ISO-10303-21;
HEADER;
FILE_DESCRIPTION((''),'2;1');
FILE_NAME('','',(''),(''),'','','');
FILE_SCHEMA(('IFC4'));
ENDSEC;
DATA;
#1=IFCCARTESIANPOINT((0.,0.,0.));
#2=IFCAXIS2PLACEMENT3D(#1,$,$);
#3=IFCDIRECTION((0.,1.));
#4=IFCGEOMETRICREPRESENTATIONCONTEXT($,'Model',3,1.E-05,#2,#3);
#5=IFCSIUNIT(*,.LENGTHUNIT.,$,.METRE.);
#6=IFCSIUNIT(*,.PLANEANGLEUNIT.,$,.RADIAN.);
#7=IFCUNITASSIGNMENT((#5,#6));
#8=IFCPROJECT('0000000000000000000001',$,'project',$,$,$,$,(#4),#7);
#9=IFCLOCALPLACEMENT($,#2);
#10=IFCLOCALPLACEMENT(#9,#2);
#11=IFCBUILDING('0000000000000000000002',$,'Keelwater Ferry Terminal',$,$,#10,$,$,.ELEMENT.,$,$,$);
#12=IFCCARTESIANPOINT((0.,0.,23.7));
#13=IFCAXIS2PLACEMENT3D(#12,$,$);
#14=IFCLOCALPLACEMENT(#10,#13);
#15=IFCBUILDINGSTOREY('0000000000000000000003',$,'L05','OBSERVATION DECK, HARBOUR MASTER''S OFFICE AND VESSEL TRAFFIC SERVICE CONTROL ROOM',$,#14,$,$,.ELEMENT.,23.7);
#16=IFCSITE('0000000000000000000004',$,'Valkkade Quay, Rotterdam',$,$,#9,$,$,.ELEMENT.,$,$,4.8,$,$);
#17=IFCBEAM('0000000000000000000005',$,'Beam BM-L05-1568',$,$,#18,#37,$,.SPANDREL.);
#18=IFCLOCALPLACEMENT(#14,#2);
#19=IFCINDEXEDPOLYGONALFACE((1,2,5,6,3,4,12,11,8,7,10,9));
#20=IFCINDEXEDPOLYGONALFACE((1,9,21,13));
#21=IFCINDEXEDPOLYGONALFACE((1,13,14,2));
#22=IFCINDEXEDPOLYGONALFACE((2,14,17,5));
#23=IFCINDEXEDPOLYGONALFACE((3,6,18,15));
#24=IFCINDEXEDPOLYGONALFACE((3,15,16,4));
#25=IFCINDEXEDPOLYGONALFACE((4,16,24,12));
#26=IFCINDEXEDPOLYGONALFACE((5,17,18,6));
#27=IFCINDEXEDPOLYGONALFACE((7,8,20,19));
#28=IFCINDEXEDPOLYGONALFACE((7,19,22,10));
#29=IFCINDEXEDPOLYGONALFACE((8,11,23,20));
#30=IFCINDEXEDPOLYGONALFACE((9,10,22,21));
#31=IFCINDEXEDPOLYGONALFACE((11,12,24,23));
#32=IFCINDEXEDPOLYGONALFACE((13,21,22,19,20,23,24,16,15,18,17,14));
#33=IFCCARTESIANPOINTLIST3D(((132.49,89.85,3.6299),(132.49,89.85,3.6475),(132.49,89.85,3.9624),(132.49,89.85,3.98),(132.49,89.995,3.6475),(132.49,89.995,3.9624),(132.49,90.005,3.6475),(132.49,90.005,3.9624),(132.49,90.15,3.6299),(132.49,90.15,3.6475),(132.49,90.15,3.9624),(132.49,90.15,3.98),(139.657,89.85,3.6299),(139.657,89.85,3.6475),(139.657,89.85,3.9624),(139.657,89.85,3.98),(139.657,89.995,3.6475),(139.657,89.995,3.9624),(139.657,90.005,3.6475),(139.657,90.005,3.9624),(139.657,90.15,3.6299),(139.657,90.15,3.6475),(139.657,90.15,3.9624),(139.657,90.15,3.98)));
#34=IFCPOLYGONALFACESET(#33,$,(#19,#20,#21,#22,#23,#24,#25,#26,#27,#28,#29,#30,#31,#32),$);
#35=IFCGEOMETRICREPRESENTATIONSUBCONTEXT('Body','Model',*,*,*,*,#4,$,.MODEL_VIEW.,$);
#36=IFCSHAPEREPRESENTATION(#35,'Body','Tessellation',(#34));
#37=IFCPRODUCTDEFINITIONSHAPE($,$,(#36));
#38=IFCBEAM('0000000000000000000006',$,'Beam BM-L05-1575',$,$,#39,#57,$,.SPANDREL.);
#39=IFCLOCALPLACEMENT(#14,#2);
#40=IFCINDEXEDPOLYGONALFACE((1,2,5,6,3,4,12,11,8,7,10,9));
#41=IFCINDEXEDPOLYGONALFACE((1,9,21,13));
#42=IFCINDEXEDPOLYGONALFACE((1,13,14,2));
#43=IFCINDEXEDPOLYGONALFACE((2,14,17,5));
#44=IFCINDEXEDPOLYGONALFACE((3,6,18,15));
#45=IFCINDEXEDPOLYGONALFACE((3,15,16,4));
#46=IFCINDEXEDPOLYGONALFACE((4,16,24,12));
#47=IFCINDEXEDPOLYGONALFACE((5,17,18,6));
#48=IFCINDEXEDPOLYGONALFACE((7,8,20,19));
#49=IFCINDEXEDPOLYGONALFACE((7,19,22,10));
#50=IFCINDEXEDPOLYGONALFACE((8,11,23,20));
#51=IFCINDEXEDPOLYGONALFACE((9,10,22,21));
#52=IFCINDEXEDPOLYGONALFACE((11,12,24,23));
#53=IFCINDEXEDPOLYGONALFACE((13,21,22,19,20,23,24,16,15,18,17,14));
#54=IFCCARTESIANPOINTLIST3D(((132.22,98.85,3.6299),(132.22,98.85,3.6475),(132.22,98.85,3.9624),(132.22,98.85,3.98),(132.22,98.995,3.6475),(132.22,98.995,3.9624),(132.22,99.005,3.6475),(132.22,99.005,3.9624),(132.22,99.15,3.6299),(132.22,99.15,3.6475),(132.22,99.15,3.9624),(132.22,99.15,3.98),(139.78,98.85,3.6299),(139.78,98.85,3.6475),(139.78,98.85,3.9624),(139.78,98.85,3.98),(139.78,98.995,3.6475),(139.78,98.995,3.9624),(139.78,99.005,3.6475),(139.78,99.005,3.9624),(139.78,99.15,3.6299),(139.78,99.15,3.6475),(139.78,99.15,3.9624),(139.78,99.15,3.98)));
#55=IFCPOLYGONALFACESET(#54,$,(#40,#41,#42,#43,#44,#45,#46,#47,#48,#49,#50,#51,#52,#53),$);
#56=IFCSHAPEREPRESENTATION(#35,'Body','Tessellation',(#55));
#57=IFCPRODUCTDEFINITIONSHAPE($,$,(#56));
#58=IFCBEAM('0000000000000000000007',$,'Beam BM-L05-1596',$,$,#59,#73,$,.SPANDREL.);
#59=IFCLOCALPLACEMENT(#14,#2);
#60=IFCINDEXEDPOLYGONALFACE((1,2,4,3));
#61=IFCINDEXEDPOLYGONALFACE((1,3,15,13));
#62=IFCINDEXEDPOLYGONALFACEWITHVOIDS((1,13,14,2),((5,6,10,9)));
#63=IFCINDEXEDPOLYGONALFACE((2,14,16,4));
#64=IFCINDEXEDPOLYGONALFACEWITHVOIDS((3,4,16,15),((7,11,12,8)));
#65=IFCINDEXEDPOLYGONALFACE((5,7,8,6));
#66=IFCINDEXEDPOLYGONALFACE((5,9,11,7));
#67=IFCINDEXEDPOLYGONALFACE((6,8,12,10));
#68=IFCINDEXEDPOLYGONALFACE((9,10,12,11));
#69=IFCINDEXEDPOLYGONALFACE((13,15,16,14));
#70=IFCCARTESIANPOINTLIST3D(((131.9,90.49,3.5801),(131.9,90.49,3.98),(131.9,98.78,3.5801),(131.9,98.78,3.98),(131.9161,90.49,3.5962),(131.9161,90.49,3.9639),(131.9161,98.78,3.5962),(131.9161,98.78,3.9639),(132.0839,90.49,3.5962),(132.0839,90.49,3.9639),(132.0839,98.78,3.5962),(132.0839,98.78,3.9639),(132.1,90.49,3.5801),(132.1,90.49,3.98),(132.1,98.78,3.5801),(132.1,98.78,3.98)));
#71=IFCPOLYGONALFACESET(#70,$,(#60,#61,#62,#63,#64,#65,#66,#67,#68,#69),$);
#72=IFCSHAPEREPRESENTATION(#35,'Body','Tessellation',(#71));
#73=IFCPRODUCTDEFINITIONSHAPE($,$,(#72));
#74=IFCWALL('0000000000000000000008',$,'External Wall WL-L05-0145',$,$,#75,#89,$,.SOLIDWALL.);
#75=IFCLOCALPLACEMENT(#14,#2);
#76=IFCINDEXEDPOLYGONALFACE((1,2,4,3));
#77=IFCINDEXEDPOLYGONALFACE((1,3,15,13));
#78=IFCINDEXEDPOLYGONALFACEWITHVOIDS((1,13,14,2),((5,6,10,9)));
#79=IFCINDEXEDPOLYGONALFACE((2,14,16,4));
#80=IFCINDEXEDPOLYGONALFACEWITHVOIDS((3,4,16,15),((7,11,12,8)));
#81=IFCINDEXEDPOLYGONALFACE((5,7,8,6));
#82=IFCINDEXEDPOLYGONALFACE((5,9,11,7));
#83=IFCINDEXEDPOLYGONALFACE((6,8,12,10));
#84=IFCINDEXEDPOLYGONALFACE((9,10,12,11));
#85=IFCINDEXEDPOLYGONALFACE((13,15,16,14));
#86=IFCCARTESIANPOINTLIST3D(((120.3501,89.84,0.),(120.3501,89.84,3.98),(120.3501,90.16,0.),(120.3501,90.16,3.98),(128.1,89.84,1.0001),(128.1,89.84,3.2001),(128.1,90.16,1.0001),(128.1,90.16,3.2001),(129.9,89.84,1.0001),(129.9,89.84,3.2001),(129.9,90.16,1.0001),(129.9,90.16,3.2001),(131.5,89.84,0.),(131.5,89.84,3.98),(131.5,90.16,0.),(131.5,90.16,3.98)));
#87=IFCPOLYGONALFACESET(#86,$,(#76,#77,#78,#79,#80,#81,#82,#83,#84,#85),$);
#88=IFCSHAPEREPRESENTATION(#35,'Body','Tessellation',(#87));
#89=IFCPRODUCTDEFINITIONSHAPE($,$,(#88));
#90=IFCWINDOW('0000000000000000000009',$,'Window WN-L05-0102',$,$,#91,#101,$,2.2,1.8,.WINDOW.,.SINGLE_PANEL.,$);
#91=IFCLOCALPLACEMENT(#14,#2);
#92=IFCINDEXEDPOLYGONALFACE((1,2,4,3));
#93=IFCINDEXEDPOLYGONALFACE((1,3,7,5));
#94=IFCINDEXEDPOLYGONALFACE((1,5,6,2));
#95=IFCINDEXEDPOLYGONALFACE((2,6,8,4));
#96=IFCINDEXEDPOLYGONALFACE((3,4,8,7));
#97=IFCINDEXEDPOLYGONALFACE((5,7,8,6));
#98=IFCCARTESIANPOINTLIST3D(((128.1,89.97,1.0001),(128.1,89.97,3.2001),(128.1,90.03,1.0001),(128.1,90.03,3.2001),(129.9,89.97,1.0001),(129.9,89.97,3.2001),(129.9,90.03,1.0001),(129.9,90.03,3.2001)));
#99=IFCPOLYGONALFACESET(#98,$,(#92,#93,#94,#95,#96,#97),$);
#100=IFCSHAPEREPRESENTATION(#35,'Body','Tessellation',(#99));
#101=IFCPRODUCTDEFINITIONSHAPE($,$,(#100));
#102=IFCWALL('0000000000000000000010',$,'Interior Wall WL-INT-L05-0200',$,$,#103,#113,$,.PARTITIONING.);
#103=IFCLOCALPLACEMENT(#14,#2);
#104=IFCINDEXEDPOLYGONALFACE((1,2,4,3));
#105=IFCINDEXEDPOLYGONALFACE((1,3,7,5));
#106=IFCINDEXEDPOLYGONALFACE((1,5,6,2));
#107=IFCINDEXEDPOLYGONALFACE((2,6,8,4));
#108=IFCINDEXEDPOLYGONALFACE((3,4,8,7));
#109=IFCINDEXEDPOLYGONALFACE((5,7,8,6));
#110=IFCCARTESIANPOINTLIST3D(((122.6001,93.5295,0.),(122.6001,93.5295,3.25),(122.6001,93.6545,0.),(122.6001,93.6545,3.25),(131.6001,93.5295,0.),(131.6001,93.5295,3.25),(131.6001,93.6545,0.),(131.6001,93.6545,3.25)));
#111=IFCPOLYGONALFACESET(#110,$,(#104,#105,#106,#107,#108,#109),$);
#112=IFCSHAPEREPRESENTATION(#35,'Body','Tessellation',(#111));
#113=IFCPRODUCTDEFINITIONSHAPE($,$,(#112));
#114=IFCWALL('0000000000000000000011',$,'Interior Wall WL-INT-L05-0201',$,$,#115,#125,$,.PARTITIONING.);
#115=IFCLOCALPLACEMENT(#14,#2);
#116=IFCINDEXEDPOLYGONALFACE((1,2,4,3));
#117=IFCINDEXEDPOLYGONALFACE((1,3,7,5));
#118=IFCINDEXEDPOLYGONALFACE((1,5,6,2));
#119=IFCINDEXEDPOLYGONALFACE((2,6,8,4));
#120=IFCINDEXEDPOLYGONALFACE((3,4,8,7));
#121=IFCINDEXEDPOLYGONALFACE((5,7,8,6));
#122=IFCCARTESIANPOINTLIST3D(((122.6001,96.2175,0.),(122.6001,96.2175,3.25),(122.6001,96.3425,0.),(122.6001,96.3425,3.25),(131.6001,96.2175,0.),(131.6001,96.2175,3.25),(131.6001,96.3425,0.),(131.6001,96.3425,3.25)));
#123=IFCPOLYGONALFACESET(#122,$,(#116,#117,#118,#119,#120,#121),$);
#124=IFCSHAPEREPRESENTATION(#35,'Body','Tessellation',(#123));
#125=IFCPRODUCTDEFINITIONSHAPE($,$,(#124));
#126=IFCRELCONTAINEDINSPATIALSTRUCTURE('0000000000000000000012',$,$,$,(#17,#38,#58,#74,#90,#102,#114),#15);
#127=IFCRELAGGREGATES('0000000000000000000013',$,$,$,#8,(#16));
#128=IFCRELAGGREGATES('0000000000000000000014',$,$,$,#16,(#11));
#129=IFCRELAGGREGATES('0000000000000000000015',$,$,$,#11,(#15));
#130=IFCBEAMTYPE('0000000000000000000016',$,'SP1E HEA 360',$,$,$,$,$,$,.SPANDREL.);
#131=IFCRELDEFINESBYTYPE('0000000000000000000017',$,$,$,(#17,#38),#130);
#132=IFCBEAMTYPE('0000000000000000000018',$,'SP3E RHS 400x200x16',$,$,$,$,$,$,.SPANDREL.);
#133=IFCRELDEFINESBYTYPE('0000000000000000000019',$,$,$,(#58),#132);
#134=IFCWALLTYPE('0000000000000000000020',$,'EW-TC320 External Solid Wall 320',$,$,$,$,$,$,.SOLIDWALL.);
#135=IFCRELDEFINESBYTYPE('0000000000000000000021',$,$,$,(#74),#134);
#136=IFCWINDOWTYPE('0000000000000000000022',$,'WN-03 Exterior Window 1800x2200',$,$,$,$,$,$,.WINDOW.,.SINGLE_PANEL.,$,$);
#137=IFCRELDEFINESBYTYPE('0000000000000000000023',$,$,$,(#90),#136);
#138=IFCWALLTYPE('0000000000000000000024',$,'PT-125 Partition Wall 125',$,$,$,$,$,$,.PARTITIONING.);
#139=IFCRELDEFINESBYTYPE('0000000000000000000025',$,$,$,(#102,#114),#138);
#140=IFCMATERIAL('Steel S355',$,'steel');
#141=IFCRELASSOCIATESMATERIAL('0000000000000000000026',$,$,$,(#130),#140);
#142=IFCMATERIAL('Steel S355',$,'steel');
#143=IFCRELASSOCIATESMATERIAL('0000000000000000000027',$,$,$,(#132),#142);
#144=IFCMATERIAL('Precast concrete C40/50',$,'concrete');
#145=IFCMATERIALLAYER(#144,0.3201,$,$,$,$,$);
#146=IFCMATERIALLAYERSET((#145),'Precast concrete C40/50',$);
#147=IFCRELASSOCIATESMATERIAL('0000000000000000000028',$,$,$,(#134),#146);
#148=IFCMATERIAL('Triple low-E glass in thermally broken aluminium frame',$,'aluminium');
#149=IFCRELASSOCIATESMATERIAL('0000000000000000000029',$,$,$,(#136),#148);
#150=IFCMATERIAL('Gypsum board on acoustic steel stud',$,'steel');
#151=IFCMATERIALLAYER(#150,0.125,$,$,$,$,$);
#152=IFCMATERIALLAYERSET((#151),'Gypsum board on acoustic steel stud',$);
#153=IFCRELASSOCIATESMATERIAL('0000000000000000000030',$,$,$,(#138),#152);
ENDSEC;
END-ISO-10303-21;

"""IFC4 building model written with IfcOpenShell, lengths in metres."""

from ifc_helpers import new_model, si_unit, direction, frame, frame_2d, origin, origin_2d, place, context, subcontext, project, spatial, rectangle, hollow_rectangle, i_section, extrude, material, layer, layer_set, material_profile, profile_set, type_object, element, fill, save


model = new_model("IFC4")

# Units and contexts
model_context = context("Model", 3, precision=1e-05, world=origin(), true_north=direction((0.0, 1.0)))
body_context = subcontext(model_context, "Body", "Model", "MODEL_VIEW")
ifc_project = project(units=[si_unit("LENGTHUNIT", "METRE"), si_unit("PLANEANGLEUNIT", "RADIAN")], contexts=[model_context])

# Site, building, storey
site_placement = place(None, origin())
site = spatial("IfcSite", under=ifc_project, at=site_placement, Name="Valkkade Quay, Rotterdam", CompositionType="ELEMENT", RefElevation=4.8)
building_placement = place(site_placement, origin())
building = spatial("IfcBuilding", under=site, at=building_placement, Name="Keelwater Ferry Terminal", CompositionType="ELEMENT")
storey_placement = place(building_placement, frame((0.0, 0.0, 23.7)))
storey = spatial("IfcBuildingStorey", under=building, at=storey_placement, Name="L05", Description="OBSERVATION DECK, HARBOUR MASTER'S OFFICE AND VESSEL TRAFFIC SERVICE CONTROL ROOM", CompositionType="ELEMENT", Elevation=23.7)

# Beams
ifc_material_1 = material(Name="Steel S355", Category="steel")
ifc_material_profile_1 = material_profile(ifc_material_1, i_section(OverallWidth=0.3, OverallDepth=0.3501, WebThickness=0.01, FlangeThickness=0.0176, at=origin_2d()), Name="HEA 360")
ifc_profile_set_1 = profile_set([ifc_material_profile_1], Name="Steel S355")
beam_type_1 = type_object("IfcBeamType", Name="SP1E HEA 360", PredefinedType="SPANDREL", material=ifc_profile_set_1)
beam_1_placement = place(storey_placement, frame((132.49, 90.0, 3.8049), z_axis=(1.0, 0.0, 0.0), x_axis=(0.0, 1.0, 0.0)))
element("IfcBeam", 1, at=beam_1_placement, inside=storey, type_object=beam_type_1, Name="Beam BM-L05-1568", PredefinedType="SPANDREL", context=body_context, shape_type="SweptSolid", body=[
    extrude(i_section(OverallWidth=0.3, OverallDepth=0.3501, WebThickness=0.01, FlangeThickness=0.0176, at=origin_2d()), origin(), (0.0, 0.0, 1.0), 7.167),
])
beam_2_placement = place(storey_placement, frame((132.22, 99.0, 3.8049), z_axis=(1.0, 0.0, 0.0), x_axis=(0.0, 1.0, 0.0)))
element("IfcBeam", 2, at=beam_2_placement, inside=storey, type_object=beam_type_1, Name="Beam BM-L05-1575", PredefinedType="SPANDREL", context=body_context, shape_type="SweptSolid", body=[
    extrude(i_section(OverallWidth=0.3, OverallDepth=0.3501, WebThickness=0.01, FlangeThickness=0.0176, at=origin_2d()), origin(), (0.0, 0.0, 1.0), 7.5601),
])
ifc_material_2 = material(Name="Steel S355", Category="steel")
ifc_material_profile_2 = material_profile(ifc_material_2, hollow_rectangle(XDim=0.2, YDim=0.3999, WallThickness=0.0161, at=origin_2d()), Name="RHS 400x200x16")
ifc_profile_set_2 = profile_set([ifc_material_profile_2], Name="Steel S355")
beam_type_2 = type_object("IfcBeamType", Name="SP3E RHS 400x200x16", PredefinedType="SPANDREL", material=ifc_profile_set_2)
beam_3_placement = place(storey_placement, frame((132.0, 90.49, 3.78), z_axis=(0.0, 1.0, 0.0), x_axis=(-1.0, 0.0, 0.0)))
element("IfcBeam", 3, at=beam_3_placement, inside=storey, type_object=beam_type_2, Name="Beam BM-L05-1596", PredefinedType="SPANDREL", context=body_context, shape_type="SweptSolid", body=[
    extrude(hollow_rectangle(XDim=0.2, YDim=0.3999, WallThickness=0.0161, at=origin_2d()), origin(), (0.0, 0.0, 1.0), 8.29),
])

# Wall, opening, window
ifc_material_3 = material(Name="Precast concrete C40/50", Category="concrete")
ifc_layer_1 = layer(ifc_material_3, 0.3201)
ifc_layer_set_1 = layer_set([ifc_layer_1], Name="Precast concrete C40/50")
wall_type_1 = type_object("IfcWallType", Name="EW-TC320 External Solid Wall 320", PredefinedType="SOLIDWALL", material=ifc_layer_set_1)
wall_1_placement = place(storey_placement, frame((131.5, 90.0, 0.0), z_axis=(0.0, 0.0, 1.0), x_axis=(-1.0, 0.0, 0.0)))
wall_1 = element("IfcWall", 4, at=wall_1_placement, inside=storey, type_object=wall_type_1, Name="External Wall WL-L05-0145", PredefinedType="SOLIDWALL", context=body_context, shape_type="SweptSolid", body=[
    extrude(rectangle(XDim=11.1499, YDim=0.3201, at=frame_2d((5.575, 0.0))), origin(), (0.0, 0.0, 1.0), 3.98),
])
opening_1_placement = place(wall_1_placement, frame((1.6001, 0.0, 1.0)))
opening_1 = element("IfcOpeningElement", 5, at=opening_1_placement, cuts=wall_1, PredefinedType="OPENING", context=body_context, shape_type="SweptSolid", body=[
    extrude(rectangle(XDim=1.8, YDim=2.2, at=frame_2d((0.8999, 1.1001))), frame((0.0, 0.1702, 0.0), z_axis=(0.0, -1.0, 0.0), x_axis=(1.0, 0.0, 0.0)), (0.0, 0.0, 1.0), 0.3401),
])
ifc_material_4 = material(Name="Triple low-E glass in thermally broken aluminium frame", Category="aluminium")
window_type = type_object("IfcWindowType", Name="WN-03 Exterior Window 1800x2200", PartitioningType="SINGLE_PANEL", PredefinedType="WINDOW", material=ifc_material_4)
window_placement = place(opening_1_placement, origin())
window = element("IfcWindow", 6, at=window_placement, inside=storey, type_object=window_type, Name="Window WN-L05-0102", OverallHeight=2.2, OverallWidth=1.8, PartitioningType="SINGLE_PANEL", PredefinedType="WINDOW", context=body_context, shape_type="SweptSolid", body=[
    extrude(rectangle(XDim=1.8, YDim=2.2, at=frame_2d((0.8999, 1.1001))), frame((0.0, 0.03, 0.0), z_axis=(0.0, -1.0, 0.0), x_axis=(1.0, 0.0, 0.0)), (0.0, 0.0, 1.0), 0.0601),
])
fill(opening_1, window)

# Walls
ifc_material_5 = material(Name="Gypsum board on acoustic steel stud", Category="steel")
ifc_layer_2 = layer(ifc_material_5, 0.125)
ifc_layer_set_2 = layer_set([ifc_layer_2], Name="Gypsum board on acoustic steel stud")
wall_type_2 = type_object("IfcWallType", Name="PT-125 Partition Wall 125", PredefinedType="PARTITIONING", material=ifc_layer_set_2)
for number, where, z_axis, x_axis, name in (
    (7, (122.6001, 93.592, 0.0), (0.0, 0.0, 1.0), (1.0, 0.0, 0.0), "Interior Wall WL-INT-L05-0200"),
    (8, (122.6001, 96.28, 0.0), (0.0, 0.0, 1.0), (1.0, 0.0, 0.0), "Interior Wall WL-INT-L05-0201"),
):
    element("IfcWall", number, at=place(storey_placement, frame(where, z_axis=z_axis, x_axis=x_axis)), inside=storey, type_object=wall_type_2, Name=name, PredefinedType="PARTITIONING", context=body_context, shape_type="SweptSolid", body=[
        extrude(rectangle(XDim=9.0, YDim=0.125, at=frame_2d((4.5, 0.0))), origin(), (0.0, 0.0, 1.0), 3.25),
    ])

save(model, "model.ifc")
